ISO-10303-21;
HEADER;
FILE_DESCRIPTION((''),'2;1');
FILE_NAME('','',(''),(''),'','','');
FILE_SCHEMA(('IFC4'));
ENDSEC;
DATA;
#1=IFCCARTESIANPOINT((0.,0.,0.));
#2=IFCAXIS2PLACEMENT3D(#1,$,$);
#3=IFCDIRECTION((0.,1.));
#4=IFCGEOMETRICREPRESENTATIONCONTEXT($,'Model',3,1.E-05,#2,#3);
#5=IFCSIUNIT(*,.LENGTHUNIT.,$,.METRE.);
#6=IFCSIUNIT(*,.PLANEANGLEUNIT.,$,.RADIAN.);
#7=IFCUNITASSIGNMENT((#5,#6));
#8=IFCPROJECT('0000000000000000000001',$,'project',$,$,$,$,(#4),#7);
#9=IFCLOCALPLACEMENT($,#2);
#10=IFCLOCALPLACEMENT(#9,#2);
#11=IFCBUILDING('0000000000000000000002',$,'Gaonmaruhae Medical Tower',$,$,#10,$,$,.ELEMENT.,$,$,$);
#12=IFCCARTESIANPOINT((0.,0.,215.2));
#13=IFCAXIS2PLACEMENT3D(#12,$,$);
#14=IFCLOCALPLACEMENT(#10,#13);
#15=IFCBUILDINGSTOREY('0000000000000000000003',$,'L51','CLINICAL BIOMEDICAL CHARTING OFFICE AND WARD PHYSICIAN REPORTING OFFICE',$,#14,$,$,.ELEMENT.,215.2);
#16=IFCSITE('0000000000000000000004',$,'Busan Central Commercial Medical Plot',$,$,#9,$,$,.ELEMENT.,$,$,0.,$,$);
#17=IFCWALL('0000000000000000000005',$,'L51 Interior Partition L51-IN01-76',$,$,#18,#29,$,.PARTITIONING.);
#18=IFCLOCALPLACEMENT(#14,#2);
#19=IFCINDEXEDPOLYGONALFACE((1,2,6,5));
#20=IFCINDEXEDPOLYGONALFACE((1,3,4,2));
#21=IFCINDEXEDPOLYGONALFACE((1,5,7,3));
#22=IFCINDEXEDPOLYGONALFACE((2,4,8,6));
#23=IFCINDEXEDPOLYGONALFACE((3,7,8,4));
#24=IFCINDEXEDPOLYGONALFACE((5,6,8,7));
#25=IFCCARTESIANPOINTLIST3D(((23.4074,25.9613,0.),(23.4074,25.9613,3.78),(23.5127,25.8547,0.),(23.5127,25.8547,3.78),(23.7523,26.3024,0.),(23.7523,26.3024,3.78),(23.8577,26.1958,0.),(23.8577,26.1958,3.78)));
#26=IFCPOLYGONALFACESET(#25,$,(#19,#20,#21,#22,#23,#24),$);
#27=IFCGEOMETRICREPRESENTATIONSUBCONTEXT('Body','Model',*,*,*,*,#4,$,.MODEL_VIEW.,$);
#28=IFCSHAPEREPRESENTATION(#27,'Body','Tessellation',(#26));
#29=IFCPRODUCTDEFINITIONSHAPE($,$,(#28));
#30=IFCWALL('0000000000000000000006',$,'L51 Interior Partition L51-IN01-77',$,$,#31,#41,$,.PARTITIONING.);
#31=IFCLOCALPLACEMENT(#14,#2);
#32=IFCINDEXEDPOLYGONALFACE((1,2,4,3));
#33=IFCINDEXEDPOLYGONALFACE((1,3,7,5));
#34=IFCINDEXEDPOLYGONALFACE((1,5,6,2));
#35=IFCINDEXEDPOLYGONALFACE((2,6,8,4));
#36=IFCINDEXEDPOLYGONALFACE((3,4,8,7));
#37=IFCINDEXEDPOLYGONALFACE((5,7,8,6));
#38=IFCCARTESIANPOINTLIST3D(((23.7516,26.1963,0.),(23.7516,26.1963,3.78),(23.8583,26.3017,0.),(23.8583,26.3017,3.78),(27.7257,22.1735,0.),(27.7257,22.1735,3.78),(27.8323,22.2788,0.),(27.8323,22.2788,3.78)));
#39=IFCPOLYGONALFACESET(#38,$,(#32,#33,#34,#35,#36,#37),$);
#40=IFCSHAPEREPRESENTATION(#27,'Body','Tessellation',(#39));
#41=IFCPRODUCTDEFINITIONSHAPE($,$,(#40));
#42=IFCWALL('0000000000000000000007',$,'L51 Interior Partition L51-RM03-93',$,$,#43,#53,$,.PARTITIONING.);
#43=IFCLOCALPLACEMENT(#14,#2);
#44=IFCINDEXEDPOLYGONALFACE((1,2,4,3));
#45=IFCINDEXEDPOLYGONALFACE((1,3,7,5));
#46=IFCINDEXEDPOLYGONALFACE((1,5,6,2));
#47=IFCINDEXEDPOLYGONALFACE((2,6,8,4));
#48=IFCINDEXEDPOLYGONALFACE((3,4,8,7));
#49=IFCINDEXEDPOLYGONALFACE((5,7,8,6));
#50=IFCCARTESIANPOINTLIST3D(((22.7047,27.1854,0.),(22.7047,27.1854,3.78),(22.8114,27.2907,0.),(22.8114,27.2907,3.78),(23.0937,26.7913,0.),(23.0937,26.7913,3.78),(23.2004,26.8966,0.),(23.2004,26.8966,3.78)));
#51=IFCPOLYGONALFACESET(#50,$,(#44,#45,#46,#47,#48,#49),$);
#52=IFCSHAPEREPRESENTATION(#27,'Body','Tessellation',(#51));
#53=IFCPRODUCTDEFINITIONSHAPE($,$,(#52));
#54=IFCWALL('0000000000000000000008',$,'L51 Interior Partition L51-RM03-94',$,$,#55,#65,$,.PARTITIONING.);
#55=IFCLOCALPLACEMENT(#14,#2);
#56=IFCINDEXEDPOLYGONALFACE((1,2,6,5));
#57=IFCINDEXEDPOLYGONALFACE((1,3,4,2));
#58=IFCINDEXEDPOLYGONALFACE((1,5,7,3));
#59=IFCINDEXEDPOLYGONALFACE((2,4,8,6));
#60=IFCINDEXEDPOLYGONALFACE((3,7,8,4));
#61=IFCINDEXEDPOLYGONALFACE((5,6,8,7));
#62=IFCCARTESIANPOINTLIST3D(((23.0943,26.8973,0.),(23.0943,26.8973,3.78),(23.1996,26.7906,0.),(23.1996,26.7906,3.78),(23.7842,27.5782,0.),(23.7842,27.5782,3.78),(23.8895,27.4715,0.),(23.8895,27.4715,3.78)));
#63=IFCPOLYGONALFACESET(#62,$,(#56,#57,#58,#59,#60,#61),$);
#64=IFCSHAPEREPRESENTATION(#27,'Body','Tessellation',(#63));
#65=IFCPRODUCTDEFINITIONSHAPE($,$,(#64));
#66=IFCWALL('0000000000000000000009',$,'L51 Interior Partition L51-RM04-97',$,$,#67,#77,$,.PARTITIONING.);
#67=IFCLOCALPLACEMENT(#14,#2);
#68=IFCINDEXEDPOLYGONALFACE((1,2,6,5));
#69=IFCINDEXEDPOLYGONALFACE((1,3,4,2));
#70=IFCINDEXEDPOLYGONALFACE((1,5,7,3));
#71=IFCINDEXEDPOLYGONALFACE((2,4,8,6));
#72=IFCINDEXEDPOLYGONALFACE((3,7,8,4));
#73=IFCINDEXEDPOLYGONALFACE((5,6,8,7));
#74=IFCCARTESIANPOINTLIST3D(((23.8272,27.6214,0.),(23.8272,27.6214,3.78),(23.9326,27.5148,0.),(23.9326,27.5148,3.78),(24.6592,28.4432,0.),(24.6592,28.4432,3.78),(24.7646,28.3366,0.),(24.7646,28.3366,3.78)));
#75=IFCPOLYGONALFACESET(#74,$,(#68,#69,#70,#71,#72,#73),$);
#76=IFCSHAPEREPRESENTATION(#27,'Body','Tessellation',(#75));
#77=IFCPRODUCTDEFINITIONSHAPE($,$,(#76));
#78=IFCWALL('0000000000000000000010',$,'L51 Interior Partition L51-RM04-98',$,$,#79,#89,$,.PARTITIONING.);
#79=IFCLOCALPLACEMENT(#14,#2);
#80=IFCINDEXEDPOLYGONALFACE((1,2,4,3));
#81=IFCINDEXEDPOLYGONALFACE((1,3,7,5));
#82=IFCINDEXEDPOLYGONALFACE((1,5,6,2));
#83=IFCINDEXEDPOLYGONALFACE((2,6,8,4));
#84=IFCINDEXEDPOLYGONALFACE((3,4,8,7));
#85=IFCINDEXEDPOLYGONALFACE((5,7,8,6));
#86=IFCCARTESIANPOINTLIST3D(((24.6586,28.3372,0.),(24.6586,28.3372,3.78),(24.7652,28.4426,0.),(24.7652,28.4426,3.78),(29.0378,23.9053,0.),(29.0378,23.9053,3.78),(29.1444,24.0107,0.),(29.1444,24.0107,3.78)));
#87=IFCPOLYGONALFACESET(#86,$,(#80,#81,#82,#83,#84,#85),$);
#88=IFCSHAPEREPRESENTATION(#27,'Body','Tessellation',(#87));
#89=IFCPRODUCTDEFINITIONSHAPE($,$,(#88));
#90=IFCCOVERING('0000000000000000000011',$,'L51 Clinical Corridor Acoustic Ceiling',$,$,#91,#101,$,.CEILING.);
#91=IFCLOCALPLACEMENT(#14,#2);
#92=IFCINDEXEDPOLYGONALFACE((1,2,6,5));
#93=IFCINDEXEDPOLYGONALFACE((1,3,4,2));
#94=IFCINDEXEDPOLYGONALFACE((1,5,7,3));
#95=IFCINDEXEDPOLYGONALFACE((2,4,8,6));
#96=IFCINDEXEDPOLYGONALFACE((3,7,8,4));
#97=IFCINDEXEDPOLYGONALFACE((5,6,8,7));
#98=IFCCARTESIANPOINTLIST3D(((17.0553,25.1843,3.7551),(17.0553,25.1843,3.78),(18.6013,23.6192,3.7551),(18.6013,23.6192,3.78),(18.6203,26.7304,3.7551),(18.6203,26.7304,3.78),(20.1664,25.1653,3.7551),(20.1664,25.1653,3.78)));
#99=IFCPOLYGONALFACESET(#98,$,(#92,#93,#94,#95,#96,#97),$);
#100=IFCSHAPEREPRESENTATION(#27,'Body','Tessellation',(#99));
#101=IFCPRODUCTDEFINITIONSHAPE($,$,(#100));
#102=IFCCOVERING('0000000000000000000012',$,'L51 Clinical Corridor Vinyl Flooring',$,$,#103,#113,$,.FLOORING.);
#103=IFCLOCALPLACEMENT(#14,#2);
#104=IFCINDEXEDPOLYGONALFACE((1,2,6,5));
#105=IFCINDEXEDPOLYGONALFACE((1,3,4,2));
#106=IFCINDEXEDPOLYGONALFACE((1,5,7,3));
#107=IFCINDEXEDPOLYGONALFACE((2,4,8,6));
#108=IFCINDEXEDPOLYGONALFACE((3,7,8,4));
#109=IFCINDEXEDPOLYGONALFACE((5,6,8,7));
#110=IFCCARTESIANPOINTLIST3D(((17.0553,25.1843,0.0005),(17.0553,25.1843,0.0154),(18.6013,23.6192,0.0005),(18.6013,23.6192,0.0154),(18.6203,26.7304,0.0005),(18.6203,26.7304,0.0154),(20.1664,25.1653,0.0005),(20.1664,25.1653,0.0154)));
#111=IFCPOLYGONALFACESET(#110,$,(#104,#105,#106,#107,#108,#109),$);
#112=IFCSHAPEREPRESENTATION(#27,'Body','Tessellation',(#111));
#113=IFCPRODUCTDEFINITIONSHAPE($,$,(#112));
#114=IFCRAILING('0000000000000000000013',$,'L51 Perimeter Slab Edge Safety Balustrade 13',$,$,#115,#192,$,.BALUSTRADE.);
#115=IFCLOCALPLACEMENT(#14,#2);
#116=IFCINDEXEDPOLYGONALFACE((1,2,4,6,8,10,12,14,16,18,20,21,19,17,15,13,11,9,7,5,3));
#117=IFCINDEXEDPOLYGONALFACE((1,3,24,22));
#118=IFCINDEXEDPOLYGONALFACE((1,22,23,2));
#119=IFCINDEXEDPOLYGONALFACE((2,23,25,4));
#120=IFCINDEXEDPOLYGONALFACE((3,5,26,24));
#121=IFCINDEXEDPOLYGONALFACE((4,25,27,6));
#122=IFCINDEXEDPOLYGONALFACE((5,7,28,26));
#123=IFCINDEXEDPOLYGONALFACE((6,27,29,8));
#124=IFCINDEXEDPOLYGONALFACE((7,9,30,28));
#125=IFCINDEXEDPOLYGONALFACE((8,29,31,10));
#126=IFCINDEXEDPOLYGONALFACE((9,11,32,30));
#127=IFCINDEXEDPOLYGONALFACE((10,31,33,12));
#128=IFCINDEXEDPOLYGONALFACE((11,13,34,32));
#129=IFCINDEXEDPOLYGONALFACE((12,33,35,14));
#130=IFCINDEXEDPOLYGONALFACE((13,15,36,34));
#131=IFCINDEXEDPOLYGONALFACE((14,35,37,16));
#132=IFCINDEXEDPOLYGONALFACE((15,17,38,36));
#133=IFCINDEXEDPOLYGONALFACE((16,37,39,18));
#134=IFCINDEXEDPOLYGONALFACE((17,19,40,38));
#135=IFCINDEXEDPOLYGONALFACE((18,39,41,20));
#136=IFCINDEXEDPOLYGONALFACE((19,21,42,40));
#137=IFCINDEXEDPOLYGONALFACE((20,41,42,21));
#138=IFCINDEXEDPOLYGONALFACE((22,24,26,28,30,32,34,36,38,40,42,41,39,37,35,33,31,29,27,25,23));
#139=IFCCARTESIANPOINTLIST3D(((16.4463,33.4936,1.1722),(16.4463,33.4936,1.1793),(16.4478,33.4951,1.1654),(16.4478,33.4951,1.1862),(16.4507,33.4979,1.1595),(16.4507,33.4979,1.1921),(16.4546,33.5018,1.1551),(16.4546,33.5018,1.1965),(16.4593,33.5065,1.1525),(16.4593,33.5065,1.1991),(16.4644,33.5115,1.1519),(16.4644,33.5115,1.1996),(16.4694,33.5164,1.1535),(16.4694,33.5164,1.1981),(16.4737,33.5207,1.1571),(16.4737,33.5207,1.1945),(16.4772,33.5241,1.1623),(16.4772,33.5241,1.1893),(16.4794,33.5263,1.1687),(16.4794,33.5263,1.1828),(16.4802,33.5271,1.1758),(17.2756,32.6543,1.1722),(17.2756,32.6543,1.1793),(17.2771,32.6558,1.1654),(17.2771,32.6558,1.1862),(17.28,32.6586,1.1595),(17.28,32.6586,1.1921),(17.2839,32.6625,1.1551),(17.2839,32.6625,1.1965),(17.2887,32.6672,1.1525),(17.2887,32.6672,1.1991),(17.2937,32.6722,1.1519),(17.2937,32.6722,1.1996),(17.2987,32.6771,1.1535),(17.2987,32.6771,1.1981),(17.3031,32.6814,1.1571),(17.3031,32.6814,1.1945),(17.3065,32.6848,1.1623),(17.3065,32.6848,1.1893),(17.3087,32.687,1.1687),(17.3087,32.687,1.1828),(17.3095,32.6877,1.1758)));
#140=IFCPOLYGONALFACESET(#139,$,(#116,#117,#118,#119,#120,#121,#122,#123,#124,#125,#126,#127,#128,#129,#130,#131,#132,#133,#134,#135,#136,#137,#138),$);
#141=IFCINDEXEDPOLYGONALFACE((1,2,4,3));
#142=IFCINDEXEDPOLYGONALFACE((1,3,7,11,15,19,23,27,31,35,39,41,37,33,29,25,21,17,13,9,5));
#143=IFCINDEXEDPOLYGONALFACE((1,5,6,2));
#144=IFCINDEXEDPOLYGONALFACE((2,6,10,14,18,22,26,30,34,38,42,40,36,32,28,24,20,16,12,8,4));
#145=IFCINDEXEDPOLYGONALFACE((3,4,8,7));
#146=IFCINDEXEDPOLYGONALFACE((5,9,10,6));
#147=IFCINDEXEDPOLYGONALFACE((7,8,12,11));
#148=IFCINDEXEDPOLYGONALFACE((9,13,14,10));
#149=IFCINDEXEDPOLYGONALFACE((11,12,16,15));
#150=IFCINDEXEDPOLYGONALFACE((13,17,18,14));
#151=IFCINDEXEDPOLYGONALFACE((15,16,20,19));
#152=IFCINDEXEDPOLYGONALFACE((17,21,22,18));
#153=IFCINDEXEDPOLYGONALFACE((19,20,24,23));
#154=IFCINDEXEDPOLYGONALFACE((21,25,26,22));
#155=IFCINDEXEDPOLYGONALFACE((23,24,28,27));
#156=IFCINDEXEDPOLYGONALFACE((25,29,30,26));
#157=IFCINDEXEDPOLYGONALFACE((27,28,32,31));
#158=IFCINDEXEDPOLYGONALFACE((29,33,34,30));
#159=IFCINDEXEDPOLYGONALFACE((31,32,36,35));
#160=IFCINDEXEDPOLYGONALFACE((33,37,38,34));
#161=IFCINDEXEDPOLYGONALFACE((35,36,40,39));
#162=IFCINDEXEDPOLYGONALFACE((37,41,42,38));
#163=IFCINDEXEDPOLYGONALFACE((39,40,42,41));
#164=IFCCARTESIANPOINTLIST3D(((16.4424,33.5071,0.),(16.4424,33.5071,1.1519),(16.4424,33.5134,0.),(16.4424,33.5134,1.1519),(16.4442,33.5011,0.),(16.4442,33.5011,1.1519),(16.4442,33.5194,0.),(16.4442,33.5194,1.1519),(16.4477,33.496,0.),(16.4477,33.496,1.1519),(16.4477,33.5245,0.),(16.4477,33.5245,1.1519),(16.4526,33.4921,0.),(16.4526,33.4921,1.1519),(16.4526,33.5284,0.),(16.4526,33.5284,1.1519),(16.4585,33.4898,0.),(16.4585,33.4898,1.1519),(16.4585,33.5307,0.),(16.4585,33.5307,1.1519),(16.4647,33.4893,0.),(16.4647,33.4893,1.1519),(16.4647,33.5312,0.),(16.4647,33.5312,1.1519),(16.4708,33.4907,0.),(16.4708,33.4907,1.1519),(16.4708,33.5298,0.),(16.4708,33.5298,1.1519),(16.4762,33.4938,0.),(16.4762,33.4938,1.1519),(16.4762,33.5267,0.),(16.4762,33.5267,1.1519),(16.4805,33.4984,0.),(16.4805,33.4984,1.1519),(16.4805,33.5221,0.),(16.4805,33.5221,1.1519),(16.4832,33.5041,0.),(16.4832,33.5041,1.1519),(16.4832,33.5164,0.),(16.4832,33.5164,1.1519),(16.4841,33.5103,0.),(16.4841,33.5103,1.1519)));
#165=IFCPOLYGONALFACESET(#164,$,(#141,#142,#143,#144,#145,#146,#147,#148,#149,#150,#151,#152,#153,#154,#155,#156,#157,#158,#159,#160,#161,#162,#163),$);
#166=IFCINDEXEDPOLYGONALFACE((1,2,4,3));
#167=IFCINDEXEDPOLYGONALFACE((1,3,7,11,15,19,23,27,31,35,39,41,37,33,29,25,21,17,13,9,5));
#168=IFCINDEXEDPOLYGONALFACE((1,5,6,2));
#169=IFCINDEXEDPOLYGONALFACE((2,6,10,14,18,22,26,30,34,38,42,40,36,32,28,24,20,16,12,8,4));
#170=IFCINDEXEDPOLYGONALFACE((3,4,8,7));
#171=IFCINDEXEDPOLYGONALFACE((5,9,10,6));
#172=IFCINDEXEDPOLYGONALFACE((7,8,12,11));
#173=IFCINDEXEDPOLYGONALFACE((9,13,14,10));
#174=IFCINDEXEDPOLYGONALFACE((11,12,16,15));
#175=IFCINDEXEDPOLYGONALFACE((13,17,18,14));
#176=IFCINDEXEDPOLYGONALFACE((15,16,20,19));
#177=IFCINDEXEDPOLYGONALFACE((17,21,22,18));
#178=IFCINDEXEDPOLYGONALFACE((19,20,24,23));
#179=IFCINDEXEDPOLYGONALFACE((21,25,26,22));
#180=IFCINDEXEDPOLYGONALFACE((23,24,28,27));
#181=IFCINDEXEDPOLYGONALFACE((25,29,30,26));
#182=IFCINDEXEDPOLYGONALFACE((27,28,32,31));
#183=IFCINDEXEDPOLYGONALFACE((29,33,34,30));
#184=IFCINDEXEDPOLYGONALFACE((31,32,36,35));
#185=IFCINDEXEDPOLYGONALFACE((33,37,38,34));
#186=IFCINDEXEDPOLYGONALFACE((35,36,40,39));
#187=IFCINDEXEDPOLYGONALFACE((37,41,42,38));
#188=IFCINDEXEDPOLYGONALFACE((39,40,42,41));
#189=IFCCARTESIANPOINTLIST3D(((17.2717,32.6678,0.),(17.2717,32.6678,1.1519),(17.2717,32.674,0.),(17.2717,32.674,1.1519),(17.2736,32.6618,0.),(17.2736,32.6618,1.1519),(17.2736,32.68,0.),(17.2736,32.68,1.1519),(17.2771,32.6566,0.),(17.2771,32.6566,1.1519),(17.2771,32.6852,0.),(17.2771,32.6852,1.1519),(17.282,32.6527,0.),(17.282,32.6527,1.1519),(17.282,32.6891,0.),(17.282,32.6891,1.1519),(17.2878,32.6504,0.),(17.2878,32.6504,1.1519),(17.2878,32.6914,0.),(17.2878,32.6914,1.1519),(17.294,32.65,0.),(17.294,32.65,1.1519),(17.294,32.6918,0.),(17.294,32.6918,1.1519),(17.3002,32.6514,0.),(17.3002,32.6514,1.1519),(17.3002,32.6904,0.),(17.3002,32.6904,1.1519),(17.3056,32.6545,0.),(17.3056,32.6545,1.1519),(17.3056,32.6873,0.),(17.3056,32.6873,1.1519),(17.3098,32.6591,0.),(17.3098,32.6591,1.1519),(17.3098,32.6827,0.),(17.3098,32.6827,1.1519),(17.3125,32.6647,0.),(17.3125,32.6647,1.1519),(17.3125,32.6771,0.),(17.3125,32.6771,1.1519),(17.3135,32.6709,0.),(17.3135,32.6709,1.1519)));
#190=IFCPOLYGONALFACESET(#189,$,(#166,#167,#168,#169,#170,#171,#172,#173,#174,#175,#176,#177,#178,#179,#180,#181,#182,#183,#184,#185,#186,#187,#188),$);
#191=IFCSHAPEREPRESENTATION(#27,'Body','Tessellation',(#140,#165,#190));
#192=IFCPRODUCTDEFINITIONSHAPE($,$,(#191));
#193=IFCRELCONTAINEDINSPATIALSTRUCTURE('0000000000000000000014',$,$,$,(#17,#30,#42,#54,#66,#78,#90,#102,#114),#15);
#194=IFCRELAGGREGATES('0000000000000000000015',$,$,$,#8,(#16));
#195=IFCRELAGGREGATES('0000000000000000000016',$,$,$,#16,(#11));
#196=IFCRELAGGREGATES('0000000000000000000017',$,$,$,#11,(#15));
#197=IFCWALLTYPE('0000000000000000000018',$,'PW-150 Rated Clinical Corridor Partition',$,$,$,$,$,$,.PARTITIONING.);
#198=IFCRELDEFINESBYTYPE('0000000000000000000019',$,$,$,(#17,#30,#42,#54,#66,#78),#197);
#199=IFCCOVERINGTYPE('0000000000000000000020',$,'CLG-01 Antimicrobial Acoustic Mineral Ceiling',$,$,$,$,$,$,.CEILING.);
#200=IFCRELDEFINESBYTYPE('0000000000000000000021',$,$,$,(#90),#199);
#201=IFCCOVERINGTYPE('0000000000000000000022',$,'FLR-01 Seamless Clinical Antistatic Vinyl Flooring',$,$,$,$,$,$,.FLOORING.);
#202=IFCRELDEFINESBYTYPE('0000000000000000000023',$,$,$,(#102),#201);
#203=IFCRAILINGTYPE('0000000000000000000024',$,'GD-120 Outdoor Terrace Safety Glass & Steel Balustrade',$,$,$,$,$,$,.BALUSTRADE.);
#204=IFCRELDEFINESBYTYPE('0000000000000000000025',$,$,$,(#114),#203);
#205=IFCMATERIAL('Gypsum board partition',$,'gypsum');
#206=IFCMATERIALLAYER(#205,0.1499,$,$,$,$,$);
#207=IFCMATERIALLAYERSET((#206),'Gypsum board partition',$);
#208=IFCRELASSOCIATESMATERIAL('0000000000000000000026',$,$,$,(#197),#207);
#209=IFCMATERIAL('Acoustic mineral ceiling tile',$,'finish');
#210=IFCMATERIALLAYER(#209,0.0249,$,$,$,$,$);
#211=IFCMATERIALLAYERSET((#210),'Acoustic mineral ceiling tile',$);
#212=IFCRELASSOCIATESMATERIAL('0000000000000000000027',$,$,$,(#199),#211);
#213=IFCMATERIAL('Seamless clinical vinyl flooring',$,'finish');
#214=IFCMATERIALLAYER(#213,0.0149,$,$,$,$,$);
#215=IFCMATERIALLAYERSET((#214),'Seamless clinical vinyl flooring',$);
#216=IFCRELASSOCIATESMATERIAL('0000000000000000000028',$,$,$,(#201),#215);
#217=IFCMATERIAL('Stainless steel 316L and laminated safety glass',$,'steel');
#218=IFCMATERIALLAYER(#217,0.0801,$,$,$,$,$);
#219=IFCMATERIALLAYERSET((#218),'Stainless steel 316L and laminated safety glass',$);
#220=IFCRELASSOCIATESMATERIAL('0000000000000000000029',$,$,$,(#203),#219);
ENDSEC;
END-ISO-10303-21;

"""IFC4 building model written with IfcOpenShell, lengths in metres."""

from ifc_helpers import new_model, si_unit, direction, frame, frame_2d, origin, origin_2d, place, context, subcontext, project, spatial, rectangle, circle, extrude, material, layer, layer_set, type_object, element, save


model = new_model("IFC4")

# Units and contexts
model_context = context("Model", 3, precision=1e-05, world=origin(), true_north=direction((0.0, 1.0)))
body_context = subcontext(model_context, "Body", "Model", "MODEL_VIEW")
ifc_project = project(units=[si_unit("LENGTHUNIT", "METRE"), si_unit("PLANEANGLEUNIT", "RADIAN")], contexts=[model_context])

# Site, building, storey
site_placement = place(None, origin())
site = spatial("IfcSite", under=ifc_project, at=site_placement, Name="Busan Central Commercial Medical Plot", CompositionType="ELEMENT", RefElevation=0.0)
building_placement = place(site_placement, origin())
building = spatial("IfcBuilding", under=site, at=building_placement, Name="Gaonmaruhae Medical Tower", CompositionType="ELEMENT")
storey_placement = place(building_placement, frame((0.0, 0.0, 215.2)))
storey = spatial("IfcBuildingStorey", under=building, at=storey_placement, Name="L51", Description="CLINICAL BIOMEDICAL CHARTING OFFICE AND WARD PHYSICIAN REPORTING OFFICE", CompositionType="ELEMENT", Elevation=215.2)

# Shared definitions
ifc_material_1 = material(Name="Gypsum board partition", Category="gypsum")
ifc_layer_1 = layer(ifc_material_1, 0.1499)
ifc_layer_set_1 = layer_set([ifc_layer_1], Name="Gypsum board partition")
wall_type_1 = type_object("IfcWallType", Name="PW-150 Rated Clinical Corridor Partition", PredefinedType="PARTITIONING", material=ifc_layer_set_1)

# Walls
wall_1_placement = place(storey_placement, frame((23.46, 25.908, 0.0), z_axis=(0.0, 0.0, 1.0), x_axis=(0.711121, 0.703069, 0.0)))
element("IfcWall", 1, at=wall_1_placement, inside=storey, type_object=wall_type_1, Name="L51 Interior Partition L51-IN01-76", PredefinedType="PARTITIONING", context=body_context, shape_type="SweptSolid", body=[
    extrude(rectangle(XDim=0.4851, YDim=0.1499, at=frame_2d((0.2427, 0.0))), origin(), (0.0, 0.0, 1.0), 3.78),
])
wall_2_placement = place(storey_placement, frame((23.8049, 26.249, 0.0), z_axis=(0.0, 0.0, 1.0), x_axis=(0.702776, -0.711411, 0.0)))
element("IfcWall", 2, at=wall_2_placement, inside=storey, type_object=wall_type_1, Name="L51 Interior Partition L51-IN01-77", PredefinedType="PARTITIONING", context=body_context, shape_type="SweptSolid", body=[
    extrude(rectangle(XDim=5.6548, YDim=0.1499, at=frame_2d((2.8274, 0.0))), origin(), (0.0, 0.0, 1.0), 3.78),
])
wall_3_placement = place(storey_placement, frame((22.7581, 27.238, 0.0), z_axis=(0.0, 0.0, 1.0), x_axis=(0.702461, -0.711722, 0.0)))
element("IfcWall", 3, at=wall_3_placement, inside=storey, type_object=wall_type_1, Name="L51 Interior Partition L51-RM03-93", PredefinedType="PARTITIONING", context=body_context, shape_type="SweptSolid", body=[
    extrude(rectangle(XDim=0.5537, YDim=0.1499, at=frame_2d((0.2769, 0.0))), origin(), (0.0, 0.0, 1.0), 3.78),
])
wall_4_placement = place(storey_placement, frame((23.147, 26.844, 0.0), z_axis=(0.0, 0.0, 1.0), x_axis=(0.711751, 0.702432, 0.0)))
element("IfcWall", 4, at=wall_4_placement, inside=storey, type_object=wall_type_1, Name="L51 Interior Partition L51-RM03-94", PredefinedType="PARTITIONING", context=body_context, shape_type="SweptSolid", body=[
    extrude(rectangle(XDim=0.9692, YDim=0.1499, at=frame_2d((0.4846, 0.0))), origin(), (0.0, 0.0, 1.0), 3.78),
])
wall_5_placement = place(storey_placement, frame((23.8799, 27.5681, 0.0), z_axis=(0.0, 0.0, 1.0), x_axis=(0.711477, 0.702709, 0.0)))
element("IfcWall", 5, at=wall_5_placement, inside=storey, type_object=wall_type_1, Name="L51 Interior Partition L51-RM04-97", PredefinedType="PARTITIONING", context=body_context, shape_type="SweptSolid", body=[
    extrude(rectangle(XDim=1.1694, YDim=0.1499, at=frame_2d((0.5847, 0.0))), origin(), (0.0, 0.0, 1.0), 3.78),
])
wall_6_placement = place(storey_placement, frame((24.7119, 28.3899, 0.0), z_axis=(0.0, 0.0, 1.0), x_axis=(0.702862, -0.711326, 0.0)))
element("IfcWall", 6, at=wall_6_placement, inside=storey, type_object=wall_type_1, Name="L51 Interior Partition L51-RM04-98", PredefinedType="PARTITIONING", context=body_context, shape_type="SweptSolid", body=[
    extrude(rectangle(XDim=6.2305, YDim=0.1499, at=frame_2d((3.1152, 0.0))), origin(), (0.0, 0.0, 1.0), 3.78),
])

# Coverings
ifc_material_2 = material(Name="Acoustic mineral ceiling tile", Category="finish")
ifc_layer_2 = layer(ifc_material_2, 0.0249)
ifc_layer_set_2 = layer_set([ifc_layer_2], Name="Acoustic mineral ceiling tile")
covering_type_1 = type_object("IfcCoveringType", Name="CLG-01 Antimicrobial Acoustic Mineral Ceiling", PredefinedType="CEILING", material=ifc_layer_set_2)
covering_1_placement = place(storey_placement, frame((18.6108, 25.1748, 3.7551), z_axis=(0.0, 0.0, 1.0), x_axis=(0.711413, 0.702774, 0.0)))
element("IfcCovering", 7, at=covering_1_placement, inside=storey, type_object=covering_type_1, Name="L51 Clinical Corridor Acoustic Ceiling", PredefinedType="CEILING", context=body_context, shape_type="SweptSolid", body=[
    extrude(rectangle(XDim=2.2, YDim=2.2, at=origin_2d()), origin(), (0.0, 0.0, 1.0), 0.0249),
])
ifc_material_3 = material(Name="Seamless clinical vinyl flooring", Category="finish")
ifc_layer_3 = layer(ifc_material_3, 0.0149)
ifc_layer_set_3 = layer_set([ifc_layer_3], Name="Seamless clinical vinyl flooring")
covering_type_2 = type_object("IfcCoveringType", Name="FLR-01 Seamless Clinical Antistatic Vinyl Flooring", PredefinedType="FLOORING", material=ifc_layer_set_3)
covering_2_placement = place(storey_placement, frame((18.6108, 25.1748, 0.0005), z_axis=(0.0, 0.0, 1.0), x_axis=(0.711413, 0.702774, 0.0)))
element("IfcCovering", 8, at=covering_2_placement, inside=storey, type_object=covering_type_2, Name="L51 Clinical Corridor Vinyl Flooring", PredefinedType="FLOORING", context=body_context, shape_type="SweptSolid", body=[
    extrude(rectangle(XDim=2.2, YDim=2.2, at=origin_2d()), origin(), (0.0, 0.0, 1.0), 0.0149),
])

# Railing
ifc_material_4 = material(Name="Stainless steel 316L and laminated safety glass", Category="steel")
ifc_layer_4 = layer(ifc_material_4, 0.0801)
ifc_layer_set_4 = layer_set([ifc_layer_4], Name="Stainless steel 316L and laminated safety glass")
railing_type = type_object("IfcRailingType", Name="GD-120 Outdoor Terrace Safety Glass & Steel Balustrade", PredefinedType="BALUSTRADE", material=ifc_layer_set_4)
railing_1_placement = place(storey_placement, frame((16.4631, 33.5103, 0.0)))
element("IfcRailing", 9, at=railing_1_placement, inside=storey, type_object=railing_type, Name="L51 Perimeter Slab Edge Safety Balustrade 13", PredefinedType="BALUSTRADE", context=body_context, shape_type="SweptSolid", body=[
    extrude(circle(Radius=0.0239, at=origin_2d()), frame((0.0, 0.0, 1.1758), z_axis=(0.702853, -0.711336, 0.0), x_axis=(0.711336, 0.702853, 0.0)), (0.0, 0.0, 1.0), 1.1799),
    extrude(circle(Radius=0.021, at=origin_2d()), origin(), (0.0, 0.0, 1.0), 1.1519),
    extrude(circle(Radius=0.021, at=origin_2d()), frame((0.8293, -0.8394, 0.0)), (0.0, 0.0, 1.0), 1.1519),
])

save(model, "model.ifc")
